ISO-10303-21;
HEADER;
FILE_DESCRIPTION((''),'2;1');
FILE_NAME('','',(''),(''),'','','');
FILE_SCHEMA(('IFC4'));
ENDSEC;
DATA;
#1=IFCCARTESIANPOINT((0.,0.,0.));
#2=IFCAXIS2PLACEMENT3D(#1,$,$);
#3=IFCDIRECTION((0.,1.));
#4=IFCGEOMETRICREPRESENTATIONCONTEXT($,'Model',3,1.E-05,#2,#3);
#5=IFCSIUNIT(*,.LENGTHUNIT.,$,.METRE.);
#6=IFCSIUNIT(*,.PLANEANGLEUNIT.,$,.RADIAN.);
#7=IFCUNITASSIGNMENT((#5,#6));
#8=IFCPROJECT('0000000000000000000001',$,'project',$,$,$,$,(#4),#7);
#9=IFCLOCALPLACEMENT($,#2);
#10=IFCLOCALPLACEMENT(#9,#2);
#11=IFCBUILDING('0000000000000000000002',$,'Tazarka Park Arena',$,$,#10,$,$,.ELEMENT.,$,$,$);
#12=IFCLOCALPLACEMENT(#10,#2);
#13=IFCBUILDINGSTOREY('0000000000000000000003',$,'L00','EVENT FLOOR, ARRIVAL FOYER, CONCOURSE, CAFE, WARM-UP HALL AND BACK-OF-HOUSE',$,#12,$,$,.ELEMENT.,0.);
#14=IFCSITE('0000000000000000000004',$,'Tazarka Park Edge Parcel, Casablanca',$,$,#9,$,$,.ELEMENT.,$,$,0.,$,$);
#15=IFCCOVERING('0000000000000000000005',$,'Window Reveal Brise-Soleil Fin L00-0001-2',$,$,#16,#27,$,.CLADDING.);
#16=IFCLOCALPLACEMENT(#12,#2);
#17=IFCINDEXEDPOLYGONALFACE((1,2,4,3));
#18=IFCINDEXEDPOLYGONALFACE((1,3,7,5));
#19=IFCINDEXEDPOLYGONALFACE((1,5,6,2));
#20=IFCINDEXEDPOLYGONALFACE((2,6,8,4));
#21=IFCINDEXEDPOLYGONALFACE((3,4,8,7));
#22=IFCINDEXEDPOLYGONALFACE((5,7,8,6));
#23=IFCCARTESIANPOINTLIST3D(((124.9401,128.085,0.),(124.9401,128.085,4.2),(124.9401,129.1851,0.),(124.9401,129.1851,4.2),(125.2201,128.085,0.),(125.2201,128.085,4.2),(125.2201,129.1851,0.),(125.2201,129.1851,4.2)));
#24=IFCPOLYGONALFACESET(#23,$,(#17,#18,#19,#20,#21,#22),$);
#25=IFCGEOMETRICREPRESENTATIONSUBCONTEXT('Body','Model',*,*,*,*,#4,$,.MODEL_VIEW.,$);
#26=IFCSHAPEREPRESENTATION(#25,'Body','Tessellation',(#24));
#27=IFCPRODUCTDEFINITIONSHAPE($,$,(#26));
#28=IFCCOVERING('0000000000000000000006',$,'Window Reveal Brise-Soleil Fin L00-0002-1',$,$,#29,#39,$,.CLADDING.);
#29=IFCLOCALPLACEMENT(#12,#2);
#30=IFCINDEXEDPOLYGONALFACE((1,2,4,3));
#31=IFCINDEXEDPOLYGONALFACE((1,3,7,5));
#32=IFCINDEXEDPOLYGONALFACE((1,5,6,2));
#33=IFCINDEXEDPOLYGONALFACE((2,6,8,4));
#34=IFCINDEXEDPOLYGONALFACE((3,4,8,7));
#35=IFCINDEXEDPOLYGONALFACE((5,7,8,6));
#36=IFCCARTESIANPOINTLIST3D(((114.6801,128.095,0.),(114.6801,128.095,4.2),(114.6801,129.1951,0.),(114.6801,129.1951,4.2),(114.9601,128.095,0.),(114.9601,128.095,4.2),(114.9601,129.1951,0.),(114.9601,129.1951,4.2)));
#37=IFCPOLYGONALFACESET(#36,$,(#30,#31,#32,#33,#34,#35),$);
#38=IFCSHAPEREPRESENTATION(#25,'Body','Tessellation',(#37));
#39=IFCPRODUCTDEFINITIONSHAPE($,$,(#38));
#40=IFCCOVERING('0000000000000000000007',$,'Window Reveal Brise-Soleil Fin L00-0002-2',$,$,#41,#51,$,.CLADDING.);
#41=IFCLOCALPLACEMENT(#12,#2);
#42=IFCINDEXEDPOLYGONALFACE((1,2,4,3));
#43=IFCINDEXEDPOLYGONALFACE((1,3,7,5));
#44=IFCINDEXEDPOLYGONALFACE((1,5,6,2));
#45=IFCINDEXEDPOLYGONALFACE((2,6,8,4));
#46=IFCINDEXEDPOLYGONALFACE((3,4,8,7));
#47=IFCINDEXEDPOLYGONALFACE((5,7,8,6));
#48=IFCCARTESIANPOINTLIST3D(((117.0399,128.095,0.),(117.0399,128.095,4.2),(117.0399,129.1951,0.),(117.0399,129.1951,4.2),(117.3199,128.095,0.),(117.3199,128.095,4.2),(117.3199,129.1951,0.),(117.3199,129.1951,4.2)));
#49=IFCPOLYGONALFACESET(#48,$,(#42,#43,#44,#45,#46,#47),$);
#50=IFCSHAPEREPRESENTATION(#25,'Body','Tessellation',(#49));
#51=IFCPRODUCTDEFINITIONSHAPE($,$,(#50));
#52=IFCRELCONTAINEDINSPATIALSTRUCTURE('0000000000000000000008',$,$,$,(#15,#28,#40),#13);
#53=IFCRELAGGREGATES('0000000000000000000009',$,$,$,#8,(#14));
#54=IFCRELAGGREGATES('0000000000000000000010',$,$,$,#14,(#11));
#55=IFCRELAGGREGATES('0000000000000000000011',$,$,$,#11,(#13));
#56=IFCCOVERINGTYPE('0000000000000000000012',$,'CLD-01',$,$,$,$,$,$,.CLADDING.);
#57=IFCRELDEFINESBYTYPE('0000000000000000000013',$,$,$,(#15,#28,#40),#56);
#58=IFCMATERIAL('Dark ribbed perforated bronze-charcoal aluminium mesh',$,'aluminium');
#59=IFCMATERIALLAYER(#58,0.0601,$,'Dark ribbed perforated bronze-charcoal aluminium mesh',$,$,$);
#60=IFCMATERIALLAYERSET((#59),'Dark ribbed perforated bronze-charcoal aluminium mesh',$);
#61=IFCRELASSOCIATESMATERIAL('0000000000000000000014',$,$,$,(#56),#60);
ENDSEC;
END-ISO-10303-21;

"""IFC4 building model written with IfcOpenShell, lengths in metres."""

from ifc_helpers import new_model, si_unit, direction, frame, origin, origin_2d, place, context, subcontext, project, spatial, rectangle, extrude, material, layer, layer_set, type_object, element, save


model = new_model("IFC4")

# Units and contexts
model_context = context("Model", 3, precision=1e-05, world=origin(), true_north=direction((0.0, 1.0)))
body_context = subcontext(model_context, "Body", "Model", "MODEL_VIEW")
ifc_project = project(units=[si_unit("LENGTHUNIT", "METRE"), si_unit("PLANEANGLEUNIT", "RADIAN")], contexts=[model_context])

# Site, building, storey
site_placement = place(None, origin())
site = spatial("IfcSite", under=ifc_project, at=site_placement, Name="Tazarka Park Edge Parcel, Casablanca", CompositionType="ELEMENT", RefElevation=0.0)
building_placement = place(site_placement, origin())
building = spatial("IfcBuilding", under=site, at=building_placement, Name="Tazarka Park Arena", CompositionType="ELEMENT")
storey_placement = place(building_placement, origin())
storey = spatial("IfcBuildingStorey", under=building, at=storey_placement, Name="L00", Description="EVENT FLOOR, ARRIVAL FOYER, CONCOURSE, CAFE, WARM-UP HALL AND BACK-OF-HOUSE", CompositionType="ELEMENT", Elevation=0.0)

# Coverings
ifc_material_1 = material(Name="Dark ribbed perforated bronze-charcoal aluminium mesh", Category="aluminium")
ifc_layer_1 = layer(ifc_material_1, 0.0601, Name="Dark ribbed perforated bronze-charcoal aluminium mesh")
ifc_layer_set_1 = layer_set([ifc_layer_1], Name="Dark ribbed perforated bronze-charcoal aluminium mesh")
covering_type = type_object("IfcCoveringType", Name="CLD-01", PredefinedType="CLADDING", material=ifc_layer_set_1)
for number, where, z_axis, x_axis, name in (
    (1, (125.0801, 128.635, 0.0), (0.0, 0.0, 1.0), (1.0, 0.0, 0.0), "Window Reveal Brise-Soleil Fin L00-0001-2"),
    (2, (114.8201, 128.645, 0.0), (0.0, 0.0, 1.0), (1.0, 0.0, 0.0), "Window Reveal Brise-Soleil Fin L00-0002-1"),
    (3, (117.1799, 128.645, 0.0), (0.0, 0.0, 1.0), (1.0, 0.0, 0.0), "Window Reveal Brise-Soleil Fin L00-0002-2"),
):
    element("IfcCovering", number, at=place(storey_placement, frame(where, z_axis=z_axis, x_axis=x_axis)), inside=storey, type_object=covering_type, Name=name, PredefinedType="CLADDING", context=body_context, shape_type="SweptSolid", body=[
        extrude(rectangle(XDim=0.28, YDim=1.1001, at=origin_2d()), origin(), (0.0, 0.0, 1.0), 4.2),
    ])

save(model, "model.ifc")
